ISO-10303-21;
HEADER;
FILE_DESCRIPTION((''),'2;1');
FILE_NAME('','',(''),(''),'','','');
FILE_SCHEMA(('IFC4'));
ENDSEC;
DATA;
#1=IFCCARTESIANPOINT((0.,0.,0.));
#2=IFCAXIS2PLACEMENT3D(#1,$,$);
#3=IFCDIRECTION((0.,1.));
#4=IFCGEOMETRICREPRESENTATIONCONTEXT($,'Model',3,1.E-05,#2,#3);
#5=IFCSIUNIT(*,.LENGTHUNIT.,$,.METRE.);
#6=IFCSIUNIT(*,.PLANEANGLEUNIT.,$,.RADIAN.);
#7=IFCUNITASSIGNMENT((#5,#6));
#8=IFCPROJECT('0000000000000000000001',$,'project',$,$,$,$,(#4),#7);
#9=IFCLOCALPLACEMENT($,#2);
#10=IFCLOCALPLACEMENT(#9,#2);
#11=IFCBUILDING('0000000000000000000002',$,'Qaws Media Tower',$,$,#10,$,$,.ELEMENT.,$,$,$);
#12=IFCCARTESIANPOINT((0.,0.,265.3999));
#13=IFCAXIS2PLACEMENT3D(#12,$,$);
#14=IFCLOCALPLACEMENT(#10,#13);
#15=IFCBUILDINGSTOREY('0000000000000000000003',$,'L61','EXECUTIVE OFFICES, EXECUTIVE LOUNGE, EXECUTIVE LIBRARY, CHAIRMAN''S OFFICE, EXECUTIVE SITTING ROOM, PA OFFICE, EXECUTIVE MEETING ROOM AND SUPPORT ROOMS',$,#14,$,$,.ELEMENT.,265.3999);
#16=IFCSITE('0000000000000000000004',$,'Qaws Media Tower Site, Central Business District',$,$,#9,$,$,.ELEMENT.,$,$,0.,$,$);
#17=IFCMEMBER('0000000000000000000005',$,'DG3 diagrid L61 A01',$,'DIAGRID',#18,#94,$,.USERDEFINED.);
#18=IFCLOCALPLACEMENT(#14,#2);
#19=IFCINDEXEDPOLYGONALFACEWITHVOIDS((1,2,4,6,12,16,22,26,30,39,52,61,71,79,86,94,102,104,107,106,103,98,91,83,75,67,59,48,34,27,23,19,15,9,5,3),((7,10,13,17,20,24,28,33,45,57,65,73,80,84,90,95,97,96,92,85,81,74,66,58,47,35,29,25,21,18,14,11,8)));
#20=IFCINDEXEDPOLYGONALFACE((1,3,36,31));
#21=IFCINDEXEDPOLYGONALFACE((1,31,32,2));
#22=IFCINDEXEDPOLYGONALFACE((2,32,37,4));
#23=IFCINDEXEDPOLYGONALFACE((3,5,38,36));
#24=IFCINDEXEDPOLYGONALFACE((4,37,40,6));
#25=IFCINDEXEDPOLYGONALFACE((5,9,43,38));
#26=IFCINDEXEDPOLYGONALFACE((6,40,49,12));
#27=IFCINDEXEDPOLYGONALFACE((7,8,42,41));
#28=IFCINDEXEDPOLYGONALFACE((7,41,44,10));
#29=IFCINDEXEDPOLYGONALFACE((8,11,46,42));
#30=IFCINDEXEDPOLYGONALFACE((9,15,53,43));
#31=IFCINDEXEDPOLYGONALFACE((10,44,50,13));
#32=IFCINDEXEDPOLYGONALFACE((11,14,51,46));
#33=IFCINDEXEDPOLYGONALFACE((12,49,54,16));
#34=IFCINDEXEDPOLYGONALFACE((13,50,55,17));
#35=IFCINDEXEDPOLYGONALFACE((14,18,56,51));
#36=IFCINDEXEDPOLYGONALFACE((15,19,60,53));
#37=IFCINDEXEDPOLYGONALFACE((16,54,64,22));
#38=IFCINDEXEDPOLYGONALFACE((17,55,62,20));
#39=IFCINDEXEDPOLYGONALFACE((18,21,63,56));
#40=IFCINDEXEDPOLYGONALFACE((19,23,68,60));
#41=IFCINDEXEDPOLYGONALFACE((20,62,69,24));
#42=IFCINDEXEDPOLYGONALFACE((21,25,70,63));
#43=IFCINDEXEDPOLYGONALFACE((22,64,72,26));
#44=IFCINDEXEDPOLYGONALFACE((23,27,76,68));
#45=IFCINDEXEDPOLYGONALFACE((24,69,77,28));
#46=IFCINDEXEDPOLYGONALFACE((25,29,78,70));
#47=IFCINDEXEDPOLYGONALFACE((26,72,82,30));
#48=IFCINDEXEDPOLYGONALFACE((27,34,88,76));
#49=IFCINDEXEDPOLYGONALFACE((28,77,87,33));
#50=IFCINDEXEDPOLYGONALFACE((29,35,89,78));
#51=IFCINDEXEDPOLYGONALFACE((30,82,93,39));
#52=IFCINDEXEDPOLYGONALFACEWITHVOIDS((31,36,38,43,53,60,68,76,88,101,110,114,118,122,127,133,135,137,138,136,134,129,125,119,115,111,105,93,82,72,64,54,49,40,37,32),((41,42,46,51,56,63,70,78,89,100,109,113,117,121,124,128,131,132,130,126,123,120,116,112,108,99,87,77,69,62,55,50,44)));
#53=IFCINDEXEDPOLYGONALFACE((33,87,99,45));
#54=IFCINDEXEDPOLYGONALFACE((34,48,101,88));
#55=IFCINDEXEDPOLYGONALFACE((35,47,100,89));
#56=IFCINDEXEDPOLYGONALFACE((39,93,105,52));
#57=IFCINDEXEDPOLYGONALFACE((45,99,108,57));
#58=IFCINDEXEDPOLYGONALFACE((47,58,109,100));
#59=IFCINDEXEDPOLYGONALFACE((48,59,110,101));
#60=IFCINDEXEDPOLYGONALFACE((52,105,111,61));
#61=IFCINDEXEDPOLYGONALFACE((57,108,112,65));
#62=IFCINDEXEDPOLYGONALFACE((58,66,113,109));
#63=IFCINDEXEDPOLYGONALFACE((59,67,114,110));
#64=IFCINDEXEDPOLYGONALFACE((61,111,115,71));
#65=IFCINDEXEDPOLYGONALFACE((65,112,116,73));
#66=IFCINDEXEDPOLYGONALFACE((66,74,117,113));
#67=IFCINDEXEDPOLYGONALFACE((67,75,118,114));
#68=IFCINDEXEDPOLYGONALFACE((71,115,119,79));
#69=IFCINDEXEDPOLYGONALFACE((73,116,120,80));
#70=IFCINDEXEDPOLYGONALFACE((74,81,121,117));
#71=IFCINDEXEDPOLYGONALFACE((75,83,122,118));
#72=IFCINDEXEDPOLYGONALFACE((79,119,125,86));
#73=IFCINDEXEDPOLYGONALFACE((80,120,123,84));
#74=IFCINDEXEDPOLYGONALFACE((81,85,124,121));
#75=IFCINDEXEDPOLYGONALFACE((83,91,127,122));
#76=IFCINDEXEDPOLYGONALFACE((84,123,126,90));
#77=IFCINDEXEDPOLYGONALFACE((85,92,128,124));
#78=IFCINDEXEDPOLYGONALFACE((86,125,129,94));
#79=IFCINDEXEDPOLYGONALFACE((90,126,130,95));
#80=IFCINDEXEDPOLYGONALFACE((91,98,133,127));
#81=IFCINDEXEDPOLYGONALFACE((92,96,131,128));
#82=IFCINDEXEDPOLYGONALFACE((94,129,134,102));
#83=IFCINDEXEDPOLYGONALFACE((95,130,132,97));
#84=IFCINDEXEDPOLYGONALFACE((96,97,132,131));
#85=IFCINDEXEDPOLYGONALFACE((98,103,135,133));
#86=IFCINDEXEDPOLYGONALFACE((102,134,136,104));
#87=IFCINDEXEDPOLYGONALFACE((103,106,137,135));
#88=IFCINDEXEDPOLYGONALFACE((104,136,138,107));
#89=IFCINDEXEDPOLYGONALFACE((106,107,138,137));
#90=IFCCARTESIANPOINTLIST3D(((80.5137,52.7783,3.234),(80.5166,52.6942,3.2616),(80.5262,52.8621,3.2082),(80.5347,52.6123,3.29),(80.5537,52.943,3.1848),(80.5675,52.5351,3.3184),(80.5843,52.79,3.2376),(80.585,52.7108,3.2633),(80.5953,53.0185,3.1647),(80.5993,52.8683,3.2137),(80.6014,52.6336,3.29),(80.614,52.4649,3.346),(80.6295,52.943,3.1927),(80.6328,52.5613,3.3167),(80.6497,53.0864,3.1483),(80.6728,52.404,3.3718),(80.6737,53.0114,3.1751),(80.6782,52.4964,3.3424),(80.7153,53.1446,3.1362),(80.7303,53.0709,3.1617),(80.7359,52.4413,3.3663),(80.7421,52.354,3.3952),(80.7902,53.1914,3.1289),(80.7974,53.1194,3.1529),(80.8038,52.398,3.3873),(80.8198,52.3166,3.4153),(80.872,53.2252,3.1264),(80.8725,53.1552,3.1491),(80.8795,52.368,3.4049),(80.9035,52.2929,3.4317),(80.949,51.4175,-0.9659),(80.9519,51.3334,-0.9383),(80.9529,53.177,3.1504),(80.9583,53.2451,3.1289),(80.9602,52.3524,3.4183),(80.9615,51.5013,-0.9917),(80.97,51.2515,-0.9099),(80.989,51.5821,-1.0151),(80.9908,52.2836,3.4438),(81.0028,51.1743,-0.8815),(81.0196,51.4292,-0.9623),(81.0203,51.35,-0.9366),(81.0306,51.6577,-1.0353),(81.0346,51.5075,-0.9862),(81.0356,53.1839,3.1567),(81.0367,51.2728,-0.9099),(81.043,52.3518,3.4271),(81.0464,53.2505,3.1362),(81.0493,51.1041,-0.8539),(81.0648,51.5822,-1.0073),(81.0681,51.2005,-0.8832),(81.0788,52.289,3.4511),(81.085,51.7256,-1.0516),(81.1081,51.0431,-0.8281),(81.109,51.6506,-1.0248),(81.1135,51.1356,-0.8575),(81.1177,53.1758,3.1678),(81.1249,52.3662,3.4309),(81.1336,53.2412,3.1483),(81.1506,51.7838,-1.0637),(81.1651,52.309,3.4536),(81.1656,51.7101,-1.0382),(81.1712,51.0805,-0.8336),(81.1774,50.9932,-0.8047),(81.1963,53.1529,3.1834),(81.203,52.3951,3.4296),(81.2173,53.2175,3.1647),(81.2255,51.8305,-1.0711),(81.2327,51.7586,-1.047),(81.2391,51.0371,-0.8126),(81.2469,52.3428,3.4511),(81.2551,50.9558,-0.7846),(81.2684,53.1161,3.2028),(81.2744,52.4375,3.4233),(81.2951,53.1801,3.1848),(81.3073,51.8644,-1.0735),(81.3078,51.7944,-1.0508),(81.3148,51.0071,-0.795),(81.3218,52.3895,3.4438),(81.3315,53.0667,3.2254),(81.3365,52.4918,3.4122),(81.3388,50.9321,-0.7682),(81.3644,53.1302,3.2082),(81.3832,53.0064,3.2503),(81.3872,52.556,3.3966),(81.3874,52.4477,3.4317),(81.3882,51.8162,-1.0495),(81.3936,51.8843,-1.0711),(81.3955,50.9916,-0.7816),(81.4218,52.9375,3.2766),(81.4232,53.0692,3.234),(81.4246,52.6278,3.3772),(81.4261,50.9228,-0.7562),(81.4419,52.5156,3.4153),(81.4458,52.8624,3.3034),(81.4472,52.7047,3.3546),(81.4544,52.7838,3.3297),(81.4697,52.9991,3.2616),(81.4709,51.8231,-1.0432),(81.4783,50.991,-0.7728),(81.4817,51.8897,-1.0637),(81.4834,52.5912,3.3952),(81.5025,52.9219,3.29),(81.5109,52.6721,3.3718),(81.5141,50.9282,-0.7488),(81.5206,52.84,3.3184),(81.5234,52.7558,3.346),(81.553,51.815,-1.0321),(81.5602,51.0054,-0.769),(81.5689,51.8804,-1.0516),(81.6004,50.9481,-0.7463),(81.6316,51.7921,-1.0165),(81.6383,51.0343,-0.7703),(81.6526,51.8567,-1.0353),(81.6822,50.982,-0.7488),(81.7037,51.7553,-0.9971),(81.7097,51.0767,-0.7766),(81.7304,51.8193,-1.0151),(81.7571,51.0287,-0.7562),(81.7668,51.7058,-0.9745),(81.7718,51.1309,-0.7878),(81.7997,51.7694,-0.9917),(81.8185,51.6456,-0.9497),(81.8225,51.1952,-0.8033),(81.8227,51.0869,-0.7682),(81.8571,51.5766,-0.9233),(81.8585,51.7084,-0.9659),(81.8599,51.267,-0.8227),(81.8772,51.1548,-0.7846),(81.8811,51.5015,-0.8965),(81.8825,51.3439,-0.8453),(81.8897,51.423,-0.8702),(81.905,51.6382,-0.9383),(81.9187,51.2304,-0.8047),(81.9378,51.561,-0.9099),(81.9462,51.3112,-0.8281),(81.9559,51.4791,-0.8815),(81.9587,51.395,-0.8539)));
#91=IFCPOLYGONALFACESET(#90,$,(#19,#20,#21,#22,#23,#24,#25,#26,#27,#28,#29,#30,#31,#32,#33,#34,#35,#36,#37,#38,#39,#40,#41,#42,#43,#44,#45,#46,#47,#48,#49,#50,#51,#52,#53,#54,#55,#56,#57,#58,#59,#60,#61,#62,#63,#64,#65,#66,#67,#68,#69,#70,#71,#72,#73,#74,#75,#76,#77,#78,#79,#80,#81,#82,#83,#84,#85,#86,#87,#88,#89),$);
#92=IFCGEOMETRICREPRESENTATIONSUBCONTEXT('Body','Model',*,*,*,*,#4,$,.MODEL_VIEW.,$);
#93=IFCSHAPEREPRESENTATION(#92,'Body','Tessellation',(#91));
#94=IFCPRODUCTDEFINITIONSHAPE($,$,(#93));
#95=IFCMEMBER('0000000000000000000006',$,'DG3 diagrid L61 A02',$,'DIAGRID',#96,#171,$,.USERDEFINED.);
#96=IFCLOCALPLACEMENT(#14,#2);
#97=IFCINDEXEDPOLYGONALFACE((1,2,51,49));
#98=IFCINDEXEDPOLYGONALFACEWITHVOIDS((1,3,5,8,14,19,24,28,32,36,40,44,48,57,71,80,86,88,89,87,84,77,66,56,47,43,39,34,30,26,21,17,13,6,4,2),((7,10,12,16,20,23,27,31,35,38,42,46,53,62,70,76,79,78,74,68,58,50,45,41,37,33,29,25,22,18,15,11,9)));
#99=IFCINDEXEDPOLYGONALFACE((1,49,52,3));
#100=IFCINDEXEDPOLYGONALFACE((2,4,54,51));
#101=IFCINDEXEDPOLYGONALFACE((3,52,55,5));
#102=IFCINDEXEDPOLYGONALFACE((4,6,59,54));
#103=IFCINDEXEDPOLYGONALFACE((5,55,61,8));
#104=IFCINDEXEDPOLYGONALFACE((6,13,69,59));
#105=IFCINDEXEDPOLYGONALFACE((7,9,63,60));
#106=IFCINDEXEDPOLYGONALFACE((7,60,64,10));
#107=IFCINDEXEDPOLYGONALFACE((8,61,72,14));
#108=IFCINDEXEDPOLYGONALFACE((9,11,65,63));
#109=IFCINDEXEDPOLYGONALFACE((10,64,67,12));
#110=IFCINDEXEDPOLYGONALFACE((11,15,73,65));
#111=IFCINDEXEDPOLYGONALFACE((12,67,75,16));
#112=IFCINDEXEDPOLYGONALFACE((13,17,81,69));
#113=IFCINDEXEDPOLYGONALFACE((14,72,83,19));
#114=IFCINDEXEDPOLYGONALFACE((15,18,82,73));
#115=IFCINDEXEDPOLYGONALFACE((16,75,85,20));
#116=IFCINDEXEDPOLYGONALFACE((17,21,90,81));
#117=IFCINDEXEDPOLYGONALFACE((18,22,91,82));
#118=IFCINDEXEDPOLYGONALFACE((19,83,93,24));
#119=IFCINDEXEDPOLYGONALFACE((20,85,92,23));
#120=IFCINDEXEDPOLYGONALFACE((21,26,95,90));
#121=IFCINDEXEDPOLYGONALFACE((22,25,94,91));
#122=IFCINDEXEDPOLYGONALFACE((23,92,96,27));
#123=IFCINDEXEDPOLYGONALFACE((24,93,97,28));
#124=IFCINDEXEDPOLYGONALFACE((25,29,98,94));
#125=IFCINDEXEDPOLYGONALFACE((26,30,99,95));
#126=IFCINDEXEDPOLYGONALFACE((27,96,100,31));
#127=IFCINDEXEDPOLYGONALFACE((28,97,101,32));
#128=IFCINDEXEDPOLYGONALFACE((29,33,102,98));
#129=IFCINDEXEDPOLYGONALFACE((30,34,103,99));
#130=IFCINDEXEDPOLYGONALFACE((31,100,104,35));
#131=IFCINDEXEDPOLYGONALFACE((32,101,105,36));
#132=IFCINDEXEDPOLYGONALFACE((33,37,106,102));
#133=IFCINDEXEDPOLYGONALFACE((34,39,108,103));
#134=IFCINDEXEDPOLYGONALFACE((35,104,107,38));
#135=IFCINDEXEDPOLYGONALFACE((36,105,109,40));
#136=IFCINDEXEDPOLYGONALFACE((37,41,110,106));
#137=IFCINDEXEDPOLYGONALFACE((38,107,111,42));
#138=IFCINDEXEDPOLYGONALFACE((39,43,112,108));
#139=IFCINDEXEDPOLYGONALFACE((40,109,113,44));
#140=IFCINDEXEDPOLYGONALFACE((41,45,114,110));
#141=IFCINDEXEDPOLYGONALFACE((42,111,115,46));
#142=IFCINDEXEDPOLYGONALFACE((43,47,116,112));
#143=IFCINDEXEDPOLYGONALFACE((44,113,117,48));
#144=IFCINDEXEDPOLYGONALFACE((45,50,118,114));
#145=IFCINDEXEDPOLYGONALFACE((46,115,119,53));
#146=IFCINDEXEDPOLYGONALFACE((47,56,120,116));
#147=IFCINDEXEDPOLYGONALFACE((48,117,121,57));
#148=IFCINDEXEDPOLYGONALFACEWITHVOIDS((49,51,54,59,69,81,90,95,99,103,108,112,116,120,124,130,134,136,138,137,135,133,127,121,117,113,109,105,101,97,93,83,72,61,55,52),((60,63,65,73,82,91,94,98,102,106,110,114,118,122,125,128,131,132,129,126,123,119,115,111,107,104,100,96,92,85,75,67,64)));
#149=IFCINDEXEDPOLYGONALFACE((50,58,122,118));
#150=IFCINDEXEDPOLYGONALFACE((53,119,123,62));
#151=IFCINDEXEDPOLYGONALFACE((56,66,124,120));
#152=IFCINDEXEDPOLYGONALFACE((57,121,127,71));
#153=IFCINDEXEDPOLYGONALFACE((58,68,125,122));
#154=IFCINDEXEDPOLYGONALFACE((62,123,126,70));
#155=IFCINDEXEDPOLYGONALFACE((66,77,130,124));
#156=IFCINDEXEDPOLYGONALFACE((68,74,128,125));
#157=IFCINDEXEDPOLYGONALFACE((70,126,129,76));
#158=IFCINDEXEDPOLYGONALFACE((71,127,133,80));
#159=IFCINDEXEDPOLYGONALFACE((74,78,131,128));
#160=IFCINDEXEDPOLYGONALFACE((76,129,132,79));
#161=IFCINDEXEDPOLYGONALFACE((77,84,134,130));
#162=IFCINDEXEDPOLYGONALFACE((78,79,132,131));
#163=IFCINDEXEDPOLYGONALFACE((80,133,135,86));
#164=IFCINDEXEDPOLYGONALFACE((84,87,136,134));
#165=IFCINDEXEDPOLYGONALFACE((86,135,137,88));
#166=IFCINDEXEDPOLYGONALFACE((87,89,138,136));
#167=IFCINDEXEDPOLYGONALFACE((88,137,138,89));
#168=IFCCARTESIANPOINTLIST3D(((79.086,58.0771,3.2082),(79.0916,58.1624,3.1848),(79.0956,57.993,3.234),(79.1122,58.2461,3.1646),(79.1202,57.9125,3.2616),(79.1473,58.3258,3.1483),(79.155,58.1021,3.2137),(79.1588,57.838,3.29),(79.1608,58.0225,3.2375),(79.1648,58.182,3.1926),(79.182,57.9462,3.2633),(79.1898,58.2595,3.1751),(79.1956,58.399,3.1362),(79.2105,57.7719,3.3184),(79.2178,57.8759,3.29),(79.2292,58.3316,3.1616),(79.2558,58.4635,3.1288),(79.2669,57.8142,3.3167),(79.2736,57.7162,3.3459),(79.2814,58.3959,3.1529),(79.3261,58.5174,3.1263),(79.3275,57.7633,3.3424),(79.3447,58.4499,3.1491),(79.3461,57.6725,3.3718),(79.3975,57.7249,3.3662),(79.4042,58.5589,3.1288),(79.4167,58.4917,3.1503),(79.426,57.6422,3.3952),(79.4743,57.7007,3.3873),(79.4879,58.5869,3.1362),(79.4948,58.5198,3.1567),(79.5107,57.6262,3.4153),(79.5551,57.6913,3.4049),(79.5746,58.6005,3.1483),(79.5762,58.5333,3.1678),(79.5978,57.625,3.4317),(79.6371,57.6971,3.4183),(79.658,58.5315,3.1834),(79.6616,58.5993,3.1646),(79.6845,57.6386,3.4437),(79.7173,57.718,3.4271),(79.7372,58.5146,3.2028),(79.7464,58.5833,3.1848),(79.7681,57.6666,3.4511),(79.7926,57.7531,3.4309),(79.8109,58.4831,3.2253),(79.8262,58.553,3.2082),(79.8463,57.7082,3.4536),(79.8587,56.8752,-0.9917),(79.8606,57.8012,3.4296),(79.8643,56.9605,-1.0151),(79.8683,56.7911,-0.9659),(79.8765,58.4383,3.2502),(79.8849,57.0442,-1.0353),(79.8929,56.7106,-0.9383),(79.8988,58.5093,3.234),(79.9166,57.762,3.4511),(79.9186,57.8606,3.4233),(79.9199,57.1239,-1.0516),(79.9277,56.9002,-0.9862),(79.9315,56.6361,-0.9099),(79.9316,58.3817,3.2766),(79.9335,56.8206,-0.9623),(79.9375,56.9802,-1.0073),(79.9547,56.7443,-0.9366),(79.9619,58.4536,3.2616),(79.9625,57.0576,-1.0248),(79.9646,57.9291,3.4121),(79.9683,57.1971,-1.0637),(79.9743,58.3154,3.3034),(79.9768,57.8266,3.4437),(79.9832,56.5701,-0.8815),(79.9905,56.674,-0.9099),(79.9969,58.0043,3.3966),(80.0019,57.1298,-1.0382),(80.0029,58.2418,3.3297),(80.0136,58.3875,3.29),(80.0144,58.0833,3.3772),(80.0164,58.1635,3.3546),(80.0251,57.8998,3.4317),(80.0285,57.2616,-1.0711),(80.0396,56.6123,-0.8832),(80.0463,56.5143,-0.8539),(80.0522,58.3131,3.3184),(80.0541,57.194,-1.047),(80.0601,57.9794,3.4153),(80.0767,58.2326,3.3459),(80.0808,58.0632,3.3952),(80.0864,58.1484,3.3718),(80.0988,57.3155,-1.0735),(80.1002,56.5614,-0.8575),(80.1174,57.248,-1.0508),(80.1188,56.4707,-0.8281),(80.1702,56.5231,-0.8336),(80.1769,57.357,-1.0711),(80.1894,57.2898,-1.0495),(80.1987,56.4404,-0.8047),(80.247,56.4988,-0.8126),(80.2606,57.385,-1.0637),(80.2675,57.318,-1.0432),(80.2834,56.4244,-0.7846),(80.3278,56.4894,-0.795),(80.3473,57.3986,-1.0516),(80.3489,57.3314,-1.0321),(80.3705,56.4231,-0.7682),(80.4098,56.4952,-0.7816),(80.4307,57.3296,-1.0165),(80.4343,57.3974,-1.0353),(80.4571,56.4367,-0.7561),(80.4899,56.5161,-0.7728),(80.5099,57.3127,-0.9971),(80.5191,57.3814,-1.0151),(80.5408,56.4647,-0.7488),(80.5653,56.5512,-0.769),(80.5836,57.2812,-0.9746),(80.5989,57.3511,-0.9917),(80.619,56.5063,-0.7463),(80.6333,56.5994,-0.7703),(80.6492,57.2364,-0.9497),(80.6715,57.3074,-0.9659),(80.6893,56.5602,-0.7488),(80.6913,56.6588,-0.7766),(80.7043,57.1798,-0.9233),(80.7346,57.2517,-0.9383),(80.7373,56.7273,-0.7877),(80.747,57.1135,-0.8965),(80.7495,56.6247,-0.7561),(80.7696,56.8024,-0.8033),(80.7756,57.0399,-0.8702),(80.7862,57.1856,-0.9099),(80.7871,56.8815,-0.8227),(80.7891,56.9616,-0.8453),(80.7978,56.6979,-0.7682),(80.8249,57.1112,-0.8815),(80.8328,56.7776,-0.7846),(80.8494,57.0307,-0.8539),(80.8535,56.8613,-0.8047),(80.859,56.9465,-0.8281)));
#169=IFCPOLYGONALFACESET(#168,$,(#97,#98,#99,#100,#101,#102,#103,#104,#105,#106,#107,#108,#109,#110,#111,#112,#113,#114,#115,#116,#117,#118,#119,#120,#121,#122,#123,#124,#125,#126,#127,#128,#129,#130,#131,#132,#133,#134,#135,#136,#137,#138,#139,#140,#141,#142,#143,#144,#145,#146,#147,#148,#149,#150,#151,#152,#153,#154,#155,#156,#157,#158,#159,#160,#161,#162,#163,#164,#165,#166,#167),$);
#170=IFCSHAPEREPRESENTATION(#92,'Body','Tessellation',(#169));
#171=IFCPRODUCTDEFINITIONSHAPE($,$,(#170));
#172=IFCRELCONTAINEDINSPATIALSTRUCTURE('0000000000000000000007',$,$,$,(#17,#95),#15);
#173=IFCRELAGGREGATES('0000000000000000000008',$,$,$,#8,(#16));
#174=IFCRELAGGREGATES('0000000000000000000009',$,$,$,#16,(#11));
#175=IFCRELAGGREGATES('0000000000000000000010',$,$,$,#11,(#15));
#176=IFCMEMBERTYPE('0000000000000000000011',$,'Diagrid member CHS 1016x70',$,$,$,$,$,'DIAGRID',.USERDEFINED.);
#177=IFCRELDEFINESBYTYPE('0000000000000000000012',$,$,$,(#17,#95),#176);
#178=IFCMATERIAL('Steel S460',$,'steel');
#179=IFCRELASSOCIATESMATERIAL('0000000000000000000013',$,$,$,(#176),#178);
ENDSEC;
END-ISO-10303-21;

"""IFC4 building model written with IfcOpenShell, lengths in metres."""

from ifc_helpers import new_model, si_unit, direction, frame, origin, origin_2d, place, context, subcontext, project, spatial, hollow_circle, extrude, material, material_profile, profile_set, type_object, element, save


model = new_model("IFC4")

# Units and contexts
model_context = context("Model", 3, precision=1e-05, world=origin(), true_north=direction((0.0, 1.0)))
body_context = subcontext(model_context, "Body", "Model", "MODEL_VIEW")
ifc_project = project(units=[si_unit("LENGTHUNIT", "METRE"), si_unit("PLANEANGLEUNIT", "RADIAN")], contexts=[model_context])

# Site, building, storey
site_placement = place(None, origin())
site = spatial("IfcSite", under=ifc_project, at=site_placement, Name="Qaws Media Tower Site, Central Business District", CompositionType="ELEMENT", RefElevation=0.0)
building_placement = place(site_placement, origin())
building = spatial("IfcBuilding", under=site, at=building_placement, Name="Qaws Media Tower", CompositionType="ELEMENT")
storey_placement = place(building_placement, frame((0.0, 0.0, 265.3999)))
storey = spatial("IfcBuildingStorey", under=building, at=storey_placement, Name="L61", Description="EXECUTIVE OFFICES, EXECUTIVE LOUNGE, EXECUTIVE LIBRARY, CHAIRMAN'S OFFICE, EXECUTIVE SITTING ROOM, PA OFFICE, EXECUTIVE MEETING ROOM AND SUPPORT ROOMS", CompositionType="ELEMENT", Elevation=265.3999)

# Members
ifc_material_1 = material(Name="Steel S460", Category="steel")
ifc_material_profile_1 = material_profile(ifc_material_1, hollow_circle(Radius=0.5081, WallThickness=0.0701, at=origin_2d()), Name="CHS 1016x70")
ifc_profile_set_1 = profile_set([ifc_material_profile_1], Name="Steel S460")
member_type_1 = type_object("IfcMemberType", Name="Diagrid member CHS 1016x70", ElementType="DIAGRID", PredefinedType="USERDEFINED", material=ifc_profile_set_1)
for number, where, z_axis, x_axis, name in (
    (1, (81.4539, 51.4062, -0.9099), (-0.098122, 0.306749, 0.946719), (-0.952458, -0.30467, 0.0), "DG3 diagrid L61 A01"),
    (2, (80.3589, 56.9109, -0.9099), (-0.174176, 0.270922, 0.946712), (-0.841162, -0.540783, 0.0), "DG3 diagrid L61 A02"),
):
    element("IfcMember", number, at=place(storey_placement, frame(where, z_axis=z_axis, x_axis=x_axis)), inside=storey, type_object=member_type_1, Name=name, ObjectType="DIAGRID", PredefinedType="USERDEFINED", context=body_context, shape_type="SweptSolid", body=[
        extrude(hollow_circle(Radius=0.5081, WallThickness=0.0701, at=origin_2d()), origin(), (0.0, 0.0, 1.0), 4.4363),
    ])

save(model, "model.ifc")
